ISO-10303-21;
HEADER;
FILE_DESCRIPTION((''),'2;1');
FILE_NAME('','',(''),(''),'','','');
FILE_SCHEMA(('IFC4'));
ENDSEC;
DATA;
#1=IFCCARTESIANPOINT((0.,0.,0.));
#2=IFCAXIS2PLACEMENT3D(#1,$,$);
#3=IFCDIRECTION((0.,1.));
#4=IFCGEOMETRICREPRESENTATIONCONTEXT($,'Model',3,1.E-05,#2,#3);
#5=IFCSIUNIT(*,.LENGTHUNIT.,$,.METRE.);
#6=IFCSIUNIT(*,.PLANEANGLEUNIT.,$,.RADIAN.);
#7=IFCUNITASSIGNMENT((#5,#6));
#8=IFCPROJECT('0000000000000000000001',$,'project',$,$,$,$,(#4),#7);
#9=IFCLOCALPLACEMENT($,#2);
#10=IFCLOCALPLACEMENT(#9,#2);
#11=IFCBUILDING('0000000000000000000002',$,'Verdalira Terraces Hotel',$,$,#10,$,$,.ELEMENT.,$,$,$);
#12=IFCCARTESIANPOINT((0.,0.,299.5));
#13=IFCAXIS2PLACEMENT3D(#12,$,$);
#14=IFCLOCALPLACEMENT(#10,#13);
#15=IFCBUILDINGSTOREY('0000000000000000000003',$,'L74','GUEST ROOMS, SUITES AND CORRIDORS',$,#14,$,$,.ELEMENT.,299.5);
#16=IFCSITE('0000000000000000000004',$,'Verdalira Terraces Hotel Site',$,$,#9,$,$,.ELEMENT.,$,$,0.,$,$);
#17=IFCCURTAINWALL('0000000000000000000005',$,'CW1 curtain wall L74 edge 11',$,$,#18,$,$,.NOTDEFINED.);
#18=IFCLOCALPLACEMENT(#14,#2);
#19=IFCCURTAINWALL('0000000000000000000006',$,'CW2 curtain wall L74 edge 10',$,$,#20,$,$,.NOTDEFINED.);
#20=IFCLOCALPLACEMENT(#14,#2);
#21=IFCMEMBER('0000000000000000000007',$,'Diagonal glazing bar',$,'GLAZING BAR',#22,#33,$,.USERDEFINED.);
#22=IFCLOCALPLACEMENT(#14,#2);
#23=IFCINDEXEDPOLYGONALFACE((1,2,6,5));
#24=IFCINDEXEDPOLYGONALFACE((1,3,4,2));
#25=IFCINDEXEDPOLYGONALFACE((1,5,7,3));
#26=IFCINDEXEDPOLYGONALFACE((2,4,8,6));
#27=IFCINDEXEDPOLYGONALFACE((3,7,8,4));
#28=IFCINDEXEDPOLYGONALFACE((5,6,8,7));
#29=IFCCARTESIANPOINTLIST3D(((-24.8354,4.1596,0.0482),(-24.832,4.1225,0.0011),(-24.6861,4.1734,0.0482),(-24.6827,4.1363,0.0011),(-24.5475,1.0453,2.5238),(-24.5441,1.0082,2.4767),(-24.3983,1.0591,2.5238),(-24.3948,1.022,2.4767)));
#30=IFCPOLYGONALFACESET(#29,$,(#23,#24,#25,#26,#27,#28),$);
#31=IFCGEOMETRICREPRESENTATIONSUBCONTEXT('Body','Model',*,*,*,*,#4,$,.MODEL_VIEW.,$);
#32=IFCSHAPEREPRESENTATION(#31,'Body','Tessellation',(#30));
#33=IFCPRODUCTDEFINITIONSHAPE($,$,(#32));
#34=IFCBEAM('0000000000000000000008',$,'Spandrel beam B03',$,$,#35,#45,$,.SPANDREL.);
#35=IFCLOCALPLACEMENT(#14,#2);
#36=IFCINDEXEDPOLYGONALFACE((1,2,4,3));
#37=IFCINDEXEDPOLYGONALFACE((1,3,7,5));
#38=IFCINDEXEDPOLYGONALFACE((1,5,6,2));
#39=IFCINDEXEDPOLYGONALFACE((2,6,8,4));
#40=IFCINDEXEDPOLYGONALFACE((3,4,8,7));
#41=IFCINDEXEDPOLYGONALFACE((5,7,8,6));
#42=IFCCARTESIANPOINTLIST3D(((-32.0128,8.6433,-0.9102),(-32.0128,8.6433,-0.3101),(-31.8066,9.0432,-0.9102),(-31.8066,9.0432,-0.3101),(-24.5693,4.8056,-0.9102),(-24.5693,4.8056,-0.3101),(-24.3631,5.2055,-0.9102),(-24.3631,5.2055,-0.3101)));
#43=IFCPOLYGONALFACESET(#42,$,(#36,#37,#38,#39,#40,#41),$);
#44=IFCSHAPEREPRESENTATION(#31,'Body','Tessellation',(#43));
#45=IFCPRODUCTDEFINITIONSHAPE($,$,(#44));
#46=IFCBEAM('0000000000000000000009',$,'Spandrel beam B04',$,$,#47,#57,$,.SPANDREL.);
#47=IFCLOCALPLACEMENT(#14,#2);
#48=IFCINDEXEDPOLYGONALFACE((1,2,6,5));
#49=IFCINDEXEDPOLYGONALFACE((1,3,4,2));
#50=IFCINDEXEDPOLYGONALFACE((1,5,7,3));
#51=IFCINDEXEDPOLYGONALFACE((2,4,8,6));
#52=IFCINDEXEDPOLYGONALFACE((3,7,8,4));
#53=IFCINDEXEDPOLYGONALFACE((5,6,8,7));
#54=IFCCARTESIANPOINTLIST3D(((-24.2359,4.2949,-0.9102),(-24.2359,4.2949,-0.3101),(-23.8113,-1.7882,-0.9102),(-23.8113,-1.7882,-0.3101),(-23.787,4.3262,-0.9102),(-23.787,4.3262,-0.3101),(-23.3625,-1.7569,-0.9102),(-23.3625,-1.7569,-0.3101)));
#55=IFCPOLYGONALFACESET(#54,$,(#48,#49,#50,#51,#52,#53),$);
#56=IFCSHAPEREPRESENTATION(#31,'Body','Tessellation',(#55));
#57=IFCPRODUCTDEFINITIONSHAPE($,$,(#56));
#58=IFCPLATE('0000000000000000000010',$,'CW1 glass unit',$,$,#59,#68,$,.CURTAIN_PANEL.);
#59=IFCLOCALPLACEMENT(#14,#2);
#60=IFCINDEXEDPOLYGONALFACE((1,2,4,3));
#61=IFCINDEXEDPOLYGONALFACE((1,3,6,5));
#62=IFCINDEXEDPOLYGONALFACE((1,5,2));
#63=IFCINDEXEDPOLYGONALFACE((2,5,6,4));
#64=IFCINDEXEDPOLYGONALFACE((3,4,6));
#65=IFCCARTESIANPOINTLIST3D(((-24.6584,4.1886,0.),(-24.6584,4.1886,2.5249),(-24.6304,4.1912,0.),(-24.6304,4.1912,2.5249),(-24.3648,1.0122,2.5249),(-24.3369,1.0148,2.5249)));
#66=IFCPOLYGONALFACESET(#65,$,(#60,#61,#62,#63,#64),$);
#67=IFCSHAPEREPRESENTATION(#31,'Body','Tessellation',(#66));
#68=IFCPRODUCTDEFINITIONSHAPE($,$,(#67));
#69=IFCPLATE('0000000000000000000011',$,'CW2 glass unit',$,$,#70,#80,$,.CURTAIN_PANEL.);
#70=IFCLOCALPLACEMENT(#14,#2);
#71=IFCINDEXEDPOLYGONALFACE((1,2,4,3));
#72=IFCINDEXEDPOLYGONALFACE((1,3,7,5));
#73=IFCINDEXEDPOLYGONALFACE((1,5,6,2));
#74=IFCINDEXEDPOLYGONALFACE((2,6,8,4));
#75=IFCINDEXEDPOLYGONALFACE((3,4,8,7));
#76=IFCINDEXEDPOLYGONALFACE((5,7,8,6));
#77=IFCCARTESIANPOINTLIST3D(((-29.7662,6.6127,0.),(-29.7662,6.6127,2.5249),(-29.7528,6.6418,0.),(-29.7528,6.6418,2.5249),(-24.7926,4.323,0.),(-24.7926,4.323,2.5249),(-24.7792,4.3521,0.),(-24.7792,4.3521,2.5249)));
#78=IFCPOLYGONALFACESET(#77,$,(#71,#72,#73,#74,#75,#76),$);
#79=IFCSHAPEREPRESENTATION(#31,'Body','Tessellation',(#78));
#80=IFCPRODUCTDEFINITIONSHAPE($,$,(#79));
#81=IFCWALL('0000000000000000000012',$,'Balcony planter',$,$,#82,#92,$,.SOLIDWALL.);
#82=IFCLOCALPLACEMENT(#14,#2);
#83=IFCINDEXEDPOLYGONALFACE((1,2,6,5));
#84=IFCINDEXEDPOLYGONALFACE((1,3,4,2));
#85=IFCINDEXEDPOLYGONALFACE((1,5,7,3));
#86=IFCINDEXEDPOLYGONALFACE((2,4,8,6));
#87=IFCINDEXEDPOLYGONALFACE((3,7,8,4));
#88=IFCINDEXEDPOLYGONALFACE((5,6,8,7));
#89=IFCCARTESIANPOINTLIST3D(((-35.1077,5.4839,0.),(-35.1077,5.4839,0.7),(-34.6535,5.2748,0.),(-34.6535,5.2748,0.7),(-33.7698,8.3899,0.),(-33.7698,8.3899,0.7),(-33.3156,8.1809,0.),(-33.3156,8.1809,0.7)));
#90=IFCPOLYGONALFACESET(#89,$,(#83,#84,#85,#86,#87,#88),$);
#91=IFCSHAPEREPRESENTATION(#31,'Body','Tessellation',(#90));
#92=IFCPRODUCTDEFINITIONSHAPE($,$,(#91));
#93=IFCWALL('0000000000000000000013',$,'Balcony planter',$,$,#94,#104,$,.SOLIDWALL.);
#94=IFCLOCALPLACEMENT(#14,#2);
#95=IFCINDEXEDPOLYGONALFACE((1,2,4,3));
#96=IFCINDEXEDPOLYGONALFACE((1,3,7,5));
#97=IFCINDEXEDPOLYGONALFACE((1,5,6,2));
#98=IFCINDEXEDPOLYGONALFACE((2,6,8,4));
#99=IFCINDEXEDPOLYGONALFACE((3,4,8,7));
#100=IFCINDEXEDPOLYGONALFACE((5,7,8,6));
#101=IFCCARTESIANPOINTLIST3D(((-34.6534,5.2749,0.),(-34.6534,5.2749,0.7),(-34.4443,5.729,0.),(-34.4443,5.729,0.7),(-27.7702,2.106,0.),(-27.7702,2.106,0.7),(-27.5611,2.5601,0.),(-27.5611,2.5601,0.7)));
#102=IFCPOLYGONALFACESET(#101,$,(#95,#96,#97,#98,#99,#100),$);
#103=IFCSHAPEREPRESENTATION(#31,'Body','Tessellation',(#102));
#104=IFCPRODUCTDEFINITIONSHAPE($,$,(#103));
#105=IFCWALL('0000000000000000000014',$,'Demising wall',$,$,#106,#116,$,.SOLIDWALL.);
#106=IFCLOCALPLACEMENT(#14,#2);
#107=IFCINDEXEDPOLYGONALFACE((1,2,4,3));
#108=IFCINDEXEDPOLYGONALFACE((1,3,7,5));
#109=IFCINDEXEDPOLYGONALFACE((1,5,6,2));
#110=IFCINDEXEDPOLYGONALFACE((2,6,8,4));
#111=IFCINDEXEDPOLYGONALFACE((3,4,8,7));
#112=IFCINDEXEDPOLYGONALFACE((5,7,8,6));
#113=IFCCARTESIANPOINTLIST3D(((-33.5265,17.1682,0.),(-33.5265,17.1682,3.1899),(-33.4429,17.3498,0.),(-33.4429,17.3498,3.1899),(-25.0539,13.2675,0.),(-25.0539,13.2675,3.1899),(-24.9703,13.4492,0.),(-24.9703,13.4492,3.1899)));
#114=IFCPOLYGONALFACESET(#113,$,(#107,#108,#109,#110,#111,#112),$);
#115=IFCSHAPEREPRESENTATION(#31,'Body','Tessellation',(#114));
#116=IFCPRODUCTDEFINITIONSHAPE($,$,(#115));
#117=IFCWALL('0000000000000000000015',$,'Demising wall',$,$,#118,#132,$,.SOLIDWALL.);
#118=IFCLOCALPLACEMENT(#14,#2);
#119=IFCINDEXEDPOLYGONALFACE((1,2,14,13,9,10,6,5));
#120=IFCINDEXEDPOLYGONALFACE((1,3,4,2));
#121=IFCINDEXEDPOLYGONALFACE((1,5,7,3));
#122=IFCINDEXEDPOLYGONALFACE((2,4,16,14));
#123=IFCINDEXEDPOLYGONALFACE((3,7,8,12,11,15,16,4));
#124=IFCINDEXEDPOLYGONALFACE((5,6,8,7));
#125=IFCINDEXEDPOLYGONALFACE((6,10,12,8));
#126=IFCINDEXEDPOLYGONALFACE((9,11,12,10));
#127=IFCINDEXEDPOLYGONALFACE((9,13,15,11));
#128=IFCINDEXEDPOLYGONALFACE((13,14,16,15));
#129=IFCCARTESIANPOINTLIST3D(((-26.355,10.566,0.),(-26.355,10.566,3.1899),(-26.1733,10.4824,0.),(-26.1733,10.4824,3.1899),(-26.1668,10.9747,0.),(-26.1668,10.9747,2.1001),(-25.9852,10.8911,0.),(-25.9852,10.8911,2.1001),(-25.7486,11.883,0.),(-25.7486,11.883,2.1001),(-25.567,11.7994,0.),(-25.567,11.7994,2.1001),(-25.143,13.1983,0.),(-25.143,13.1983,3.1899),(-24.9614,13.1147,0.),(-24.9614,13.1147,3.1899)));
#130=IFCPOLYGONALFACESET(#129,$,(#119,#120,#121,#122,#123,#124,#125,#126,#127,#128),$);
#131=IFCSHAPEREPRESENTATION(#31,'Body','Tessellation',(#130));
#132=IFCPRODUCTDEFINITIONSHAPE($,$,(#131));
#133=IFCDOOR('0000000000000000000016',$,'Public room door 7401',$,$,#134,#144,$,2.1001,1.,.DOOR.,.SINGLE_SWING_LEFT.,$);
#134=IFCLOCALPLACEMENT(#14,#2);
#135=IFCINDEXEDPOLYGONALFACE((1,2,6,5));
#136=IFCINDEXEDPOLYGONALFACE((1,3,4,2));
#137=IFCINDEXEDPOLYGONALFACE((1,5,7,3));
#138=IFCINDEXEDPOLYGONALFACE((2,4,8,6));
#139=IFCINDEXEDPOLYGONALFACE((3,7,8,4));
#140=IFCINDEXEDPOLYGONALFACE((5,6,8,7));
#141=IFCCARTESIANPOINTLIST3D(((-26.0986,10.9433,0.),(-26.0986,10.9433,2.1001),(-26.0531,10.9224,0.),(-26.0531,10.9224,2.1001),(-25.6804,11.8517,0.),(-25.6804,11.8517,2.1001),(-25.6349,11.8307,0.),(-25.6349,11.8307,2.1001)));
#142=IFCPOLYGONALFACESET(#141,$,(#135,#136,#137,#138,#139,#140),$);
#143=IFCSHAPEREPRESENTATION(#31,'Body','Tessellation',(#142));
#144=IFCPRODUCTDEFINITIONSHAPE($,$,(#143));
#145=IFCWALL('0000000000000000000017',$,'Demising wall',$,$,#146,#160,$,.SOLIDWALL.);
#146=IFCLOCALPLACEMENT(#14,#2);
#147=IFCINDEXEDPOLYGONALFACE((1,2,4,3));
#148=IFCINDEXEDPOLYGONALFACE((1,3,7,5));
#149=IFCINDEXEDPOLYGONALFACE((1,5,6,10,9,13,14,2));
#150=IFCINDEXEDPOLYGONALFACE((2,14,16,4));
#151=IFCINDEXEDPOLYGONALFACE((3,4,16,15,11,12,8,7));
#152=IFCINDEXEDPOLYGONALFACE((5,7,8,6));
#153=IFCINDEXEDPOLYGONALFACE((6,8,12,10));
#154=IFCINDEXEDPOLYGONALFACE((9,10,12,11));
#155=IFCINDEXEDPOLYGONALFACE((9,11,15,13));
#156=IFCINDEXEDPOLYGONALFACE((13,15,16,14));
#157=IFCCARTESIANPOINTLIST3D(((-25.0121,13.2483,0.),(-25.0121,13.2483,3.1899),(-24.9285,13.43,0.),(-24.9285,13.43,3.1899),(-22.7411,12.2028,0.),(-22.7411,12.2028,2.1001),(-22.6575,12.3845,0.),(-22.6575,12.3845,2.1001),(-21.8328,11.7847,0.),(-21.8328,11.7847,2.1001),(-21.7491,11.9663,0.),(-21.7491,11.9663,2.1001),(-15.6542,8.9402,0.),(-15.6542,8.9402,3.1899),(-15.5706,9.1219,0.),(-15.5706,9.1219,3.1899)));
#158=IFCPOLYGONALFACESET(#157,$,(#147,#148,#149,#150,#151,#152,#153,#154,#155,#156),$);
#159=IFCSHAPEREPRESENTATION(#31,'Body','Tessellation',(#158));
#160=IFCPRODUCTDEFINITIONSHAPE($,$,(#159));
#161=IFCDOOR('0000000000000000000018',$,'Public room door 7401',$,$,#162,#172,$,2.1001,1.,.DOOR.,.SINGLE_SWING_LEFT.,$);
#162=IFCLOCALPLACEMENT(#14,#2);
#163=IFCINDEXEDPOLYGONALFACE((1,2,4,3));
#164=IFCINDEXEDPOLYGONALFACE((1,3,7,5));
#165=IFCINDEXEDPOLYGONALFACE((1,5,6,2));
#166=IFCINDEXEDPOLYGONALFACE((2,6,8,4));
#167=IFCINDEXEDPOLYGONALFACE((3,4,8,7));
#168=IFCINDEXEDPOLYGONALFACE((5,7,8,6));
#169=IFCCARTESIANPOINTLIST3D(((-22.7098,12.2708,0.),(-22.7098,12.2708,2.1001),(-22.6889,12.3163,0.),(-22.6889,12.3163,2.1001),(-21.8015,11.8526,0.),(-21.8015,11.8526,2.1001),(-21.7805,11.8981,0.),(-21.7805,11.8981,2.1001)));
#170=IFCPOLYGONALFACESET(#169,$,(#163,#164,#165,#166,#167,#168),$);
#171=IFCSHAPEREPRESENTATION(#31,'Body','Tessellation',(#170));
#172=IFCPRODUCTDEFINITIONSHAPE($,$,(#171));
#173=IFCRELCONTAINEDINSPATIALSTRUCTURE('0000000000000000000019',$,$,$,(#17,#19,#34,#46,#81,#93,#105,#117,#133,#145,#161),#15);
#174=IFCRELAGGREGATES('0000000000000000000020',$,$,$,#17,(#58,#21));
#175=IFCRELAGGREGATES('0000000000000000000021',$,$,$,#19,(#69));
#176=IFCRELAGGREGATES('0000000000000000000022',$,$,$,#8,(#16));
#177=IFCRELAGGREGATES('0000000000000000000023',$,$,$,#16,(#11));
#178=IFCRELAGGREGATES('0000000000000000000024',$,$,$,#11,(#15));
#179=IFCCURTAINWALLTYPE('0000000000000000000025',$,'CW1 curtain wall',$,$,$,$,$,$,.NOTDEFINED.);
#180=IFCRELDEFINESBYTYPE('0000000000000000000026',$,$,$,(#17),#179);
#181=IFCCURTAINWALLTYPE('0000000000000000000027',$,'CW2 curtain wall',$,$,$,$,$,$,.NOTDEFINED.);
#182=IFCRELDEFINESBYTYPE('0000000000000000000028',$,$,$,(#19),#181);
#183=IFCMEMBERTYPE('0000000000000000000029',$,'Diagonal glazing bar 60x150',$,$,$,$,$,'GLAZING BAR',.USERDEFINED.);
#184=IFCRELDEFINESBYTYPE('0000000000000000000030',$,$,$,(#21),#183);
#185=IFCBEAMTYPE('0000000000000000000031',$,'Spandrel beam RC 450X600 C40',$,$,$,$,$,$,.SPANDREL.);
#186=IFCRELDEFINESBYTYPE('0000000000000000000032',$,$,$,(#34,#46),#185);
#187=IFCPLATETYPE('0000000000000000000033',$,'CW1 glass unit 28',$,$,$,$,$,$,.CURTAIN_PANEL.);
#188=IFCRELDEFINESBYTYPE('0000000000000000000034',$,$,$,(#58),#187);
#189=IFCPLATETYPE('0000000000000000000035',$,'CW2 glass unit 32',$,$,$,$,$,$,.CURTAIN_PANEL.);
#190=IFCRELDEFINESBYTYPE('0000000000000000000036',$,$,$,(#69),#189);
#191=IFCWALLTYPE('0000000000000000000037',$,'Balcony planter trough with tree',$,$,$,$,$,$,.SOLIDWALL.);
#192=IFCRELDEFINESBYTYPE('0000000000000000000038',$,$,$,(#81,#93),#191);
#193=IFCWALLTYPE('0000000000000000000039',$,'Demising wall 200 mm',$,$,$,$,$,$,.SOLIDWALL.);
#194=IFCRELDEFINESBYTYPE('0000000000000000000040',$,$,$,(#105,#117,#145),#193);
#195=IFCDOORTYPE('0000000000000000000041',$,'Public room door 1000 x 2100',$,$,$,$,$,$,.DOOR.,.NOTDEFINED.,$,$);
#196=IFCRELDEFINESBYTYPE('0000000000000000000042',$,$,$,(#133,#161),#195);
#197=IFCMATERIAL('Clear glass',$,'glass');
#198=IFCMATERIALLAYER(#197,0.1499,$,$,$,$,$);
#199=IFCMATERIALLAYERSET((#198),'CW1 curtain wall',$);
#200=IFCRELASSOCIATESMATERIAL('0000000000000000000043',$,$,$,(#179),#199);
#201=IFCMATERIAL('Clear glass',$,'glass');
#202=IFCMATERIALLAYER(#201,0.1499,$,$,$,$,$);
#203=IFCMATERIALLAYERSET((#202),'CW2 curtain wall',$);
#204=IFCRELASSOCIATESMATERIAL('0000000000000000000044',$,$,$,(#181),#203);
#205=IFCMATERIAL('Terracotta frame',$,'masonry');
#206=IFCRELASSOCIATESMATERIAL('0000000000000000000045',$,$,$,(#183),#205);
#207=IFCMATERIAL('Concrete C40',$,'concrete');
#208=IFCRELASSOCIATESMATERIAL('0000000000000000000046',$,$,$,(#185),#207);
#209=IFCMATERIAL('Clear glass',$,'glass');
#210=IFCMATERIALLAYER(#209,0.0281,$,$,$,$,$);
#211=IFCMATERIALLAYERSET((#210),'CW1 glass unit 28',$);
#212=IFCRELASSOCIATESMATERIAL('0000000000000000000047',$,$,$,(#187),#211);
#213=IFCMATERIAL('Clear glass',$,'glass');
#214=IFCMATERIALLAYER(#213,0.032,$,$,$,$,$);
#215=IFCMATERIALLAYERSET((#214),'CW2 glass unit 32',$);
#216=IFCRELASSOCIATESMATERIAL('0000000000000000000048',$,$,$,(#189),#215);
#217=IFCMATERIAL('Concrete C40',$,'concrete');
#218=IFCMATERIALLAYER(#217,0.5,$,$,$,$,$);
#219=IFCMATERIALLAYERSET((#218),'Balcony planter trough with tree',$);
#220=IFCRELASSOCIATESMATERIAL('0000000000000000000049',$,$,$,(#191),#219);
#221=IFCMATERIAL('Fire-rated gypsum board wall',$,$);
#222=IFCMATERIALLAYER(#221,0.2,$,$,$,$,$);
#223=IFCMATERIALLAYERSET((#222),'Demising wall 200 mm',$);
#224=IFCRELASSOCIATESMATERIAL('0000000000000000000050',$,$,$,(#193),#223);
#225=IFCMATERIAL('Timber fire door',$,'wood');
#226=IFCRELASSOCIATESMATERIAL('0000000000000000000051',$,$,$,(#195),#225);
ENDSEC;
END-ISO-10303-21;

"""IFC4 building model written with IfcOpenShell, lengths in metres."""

from ifc_helpers import new_model, si_unit, direction, frame, frame_2d, origin, origin_2d, place, context, subcontext, project, spatial, polyline, rectangle, outline, extrude, material, layer, layer_set, material_profile, profile_set, type_object, element, fill, aggregate, save


model = new_model("IFC4")

# Units and contexts
model_context = context("Model", 3, precision=1e-05, world=origin(), true_north=direction((0.0, 1.0)))
body_context = subcontext(model_context, "Body", "Model", "MODEL_VIEW")
ifc_project = project(units=[si_unit("LENGTHUNIT", "METRE"), si_unit("PLANEANGLEUNIT", "RADIAN")], contexts=[model_context])

# Site, building, storey
site_placement = place(None, origin())
site = spatial("IfcSite", under=ifc_project, at=site_placement, Name="Verdalira Terraces Hotel Site", CompositionType="ELEMENT", RefElevation=0.0)
building_placement = place(site_placement, origin())
building = spatial("IfcBuilding", under=site, at=building_placement, Name="Verdalira Terraces Hotel", CompositionType="ELEMENT")
storey_placement = place(building_placement, frame((0.0, 0.0, 299.5)))
storey = spatial("IfcBuildingStorey", under=building, at=storey_placement, Name="L74", Description="GUEST ROOMS, SUITES AND CORRIDORS", CompositionType="ELEMENT", Elevation=299.5)

# Curtain walls
ifc_material_1 = material(Name="Clear glass", Category="glass")
ifc_layer_1 = layer(ifc_material_1, 0.1499)
ifc_layer_set_1 = layer_set([ifc_layer_1], Name="CW1 curtain wall")
curtain_wall_type_1 = type_object("IfcCurtainWallType", Name="CW1 curtain wall", PredefinedType="NOTDEFINED", material=ifc_layer_set_1)
curtain_wall_1_placement = place(storey_placement, origin())
curtain_wall_1 = element("IfcCurtainWall", 1, at=curtain_wall_1_placement, inside=storey, type_object=curtain_wall_type_1, Name="CW1 curtain wall L74 edge 11", PredefinedType="NOTDEFINED")
ifc_material_2 = material(Name="Clear glass", Category="glass")
ifc_layer_2 = layer(ifc_material_2, 0.1499)
ifc_layer_set_2 = layer_set([ifc_layer_2], Name="CW2 curtain wall")
curtain_wall_type_2 = type_object("IfcCurtainWallType", Name="CW2 curtain wall", PredefinedType="NOTDEFINED", material=ifc_layer_set_2)
curtain_wall_2_placement = place(storey_placement, origin())
curtain_wall_2 = element("IfcCurtainWall", 2, at=curtain_wall_2_placement, inside=storey, type_object=curtain_wall_type_2, Name="CW2 curtain wall L74 edge 10", PredefinedType="NOTDEFINED")

# Member
ifc_material_3 = material(Name="Terracotta frame", Category="masonry")
ifc_material_profile_1 = material_profile(ifc_material_3, rectangle(XDim=0.1499, YDim=0.0601, at=origin_2d()), Name="GB 60x150")
ifc_profile_set_1 = profile_set([ifc_material_profile_1], Name="Terracotta frame")
member_type_1 = type_object("IfcMemberType", Name="Diagonal glazing bar 60x150", ElementType="GLAZING BAR", PredefinedType="USERDEFINED", material=ifc_profile_set_1)
member_1_placement = place(storey_placement, frame((-24.759, 4.1479, 0.0247), z_axis=(0.072164, -0.780764, 0.620645), x_axis=(0.995756, 0.092035, 0.0)))
member_1 = element("IfcMember", 3, at=member_1_placement, type_object=member_type_1, Name="Diagonal glazing bar", ObjectType="GLAZING BAR", PredefinedType="USERDEFINED", context=body_context, shape_type="SweptSolid", body=[
    extrude(rectangle(XDim=0.1499, YDim=0.0601, at=origin_2d()), origin(), (0.0, 0.0, 1.0), 3.9888),
])

# Beams
ifc_material_4 = material(Name="Concrete C40", Category="concrete")
ifc_material_profile_2 = material_profile(ifc_material_4, rectangle(XDim=0.45, YDim=0.6001, at=origin_2d()), Name="RC 450X600")
ifc_profile_set_2 = profile_set([ifc_material_profile_2], Name="Concrete C40")
beam_type_1 = type_object("IfcBeamType", Name="Spandrel beam RC 450X600 C40", PredefinedType="SPANDREL", material=ifc_profile_set_2)
beam_1_placement = place(storey_placement, frame((-31.9097, 8.8433, -0.6101), z_axis=(0.888819, -0.458257, 0.0), x_axis=(0.458257, 0.888819, 0.0)))
element("IfcBeam", 4, at=beam_1_placement, inside=storey, type_object=beam_type_1, Name="Spandrel beam B03", PredefinedType="SPANDREL", context=body_context, shape_type="SweptSolid", body=[
    extrude(rectangle(XDim=0.45, YDim=0.6001, at=origin_2d()), origin(), (0.0, 0.0, 1.0), 8.3745),
])
beam_2_placement = place(storey_placement, frame((-24.0115, 4.3105, -0.6101), z_axis=(0.069625, -0.997573, 0.0), x_axis=(0.997573, 0.069625, 0.0)))
element("IfcBeam", 5, at=beam_2_placement, inside=storey, type_object=beam_type_1, Name="Spandrel beam B04", PredefinedType="SPANDREL", context=body_context, shape_type="SweptSolid", body=[
    extrude(rectangle(XDim=0.45, YDim=0.6001, at=origin_2d()), origin(), (0.0, 0.0, 1.0), 6.0979),
])

# Plates
ifc_material_5 = material(Name="Clear glass", Category="glass")
ifc_layer_3 = layer(ifc_material_5, 0.0281)
ifc_layer_set_3 = layer_set([ifc_layer_3], Name="CW1 glass unit 28")
plate_type_1 = type_object("IfcPlateType", Name="CW1 glass unit 28", PredefinedType="CURTAIN_PANEL", material=ifc_layer_set_3)
plate_1_placement = place(storey_placement, frame((-24.4836, 2.603, 1.2625), z_axis=(-0.995757, -0.092023, 0.0), x_axis=(0.092023, -0.995757, 0.0)))
plate_1 = element("IfcPlate", 6, at=plate_1_placement, type_object=plate_type_1, Name="CW1 glass unit", PredefinedType="CURTAIN_PANEL", context=body_context, shape_type="SweptSolid", body=[
    extrude(outline(polyline([(-1.595, -1.2625), (1.595, 1.2625), (-1.595, 1.2625), (-1.595, -1.2625)])), origin(), (0.0, 0.0, 1.0), 0.0281),
])
aggregate(curtain_wall_1, [plate_1, member_1])
ifc_material_6 = material(Name="Clear glass", Category="glass")
ifc_layer_4 = layer(ifc_material_6, 0.032)
ifc_layer_set_4 = layer_set([ifc_layer_4], Name="CW2 glass unit 32")
plate_type_2 = type_object("IfcPlateType", Name="CW2 glass unit 32", PredefinedType="CURTAIN_PANEL", material=ifc_layer_set_4)
plate_2_placement = place(storey_placement, frame((-27.2727, 5.4824, 0.0), z_axis=(0.0, 0.0, 1.0), x_axis=(0.908362, -0.418184, 0.0)))
plate_2 = element("IfcPlate", 7, at=plate_2_placement, type_object=plate_type_2, Name="CW2 glass unit", PredefinedType="CURTAIN_PANEL", context=body_context, shape_type="SweptSolid", body=[
    extrude(rectangle(XDim=5.4753, YDim=0.032, at=origin_2d()), origin(), (0.0, 0.0, 1.0), 2.5249),
])
aggregate(curtain_wall_2, [plate_2])

# Walls
ifc_material_7 = material(Name="Concrete C40", Category="concrete")
ifc_layer_5 = layer(ifc_material_7, 0.5)
ifc_layer_set_5 = layer_set([ifc_layer_5], Name="Balcony planter trough with tree")
wall_type_1 = type_object("IfcWallType", Name="Balcony planter trough with tree", PredefinedType="SOLIDWALL", material=ifc_layer_set_5)
wall_1_placement = place(storey_placement, frame((-33.5427, 8.2854, 0.0), z_axis=(0.0, 0.0, 1.0), x_axis=(-0.418197, -0.908357, 0.0)))
element("IfcWall", 8, at=wall_1_placement, inside=storey, type_object=wall_type_1, Name="Balcony planter", PredefinedType="SOLIDWALL", context=body_context, shape_type="SweptSolid", body=[
    extrude(rectangle(XDim=3.1992, YDim=0.5, at=frame_2d((1.5996, 0.0))), origin(), (0.0, 0.0, 1.0), 0.7),
])
wall_2_placement = place(storey_placement, frame((-34.5488, 5.502, 0.0), z_axis=(0.0, 0.0, 1.0), x_axis=(0.908359, -0.418192, 0.0)))
element("IfcWall", 9, at=wall_2_placement, inside=storey, type_object=wall_type_1, Name="Balcony planter", PredefinedType="SOLIDWALL", context=body_context, shape_type="SweptSolid", body=[
    extrude(rectangle(XDim=7.5776, YDim=0.5, at=frame_2d((3.7888, 0.0))), origin(), (0.0, 0.0, 1.0), 0.7),
])
ifc_material_8 = material(Name="Fire-rated gypsum board wall")
ifc_layer_6 = layer(ifc_material_8, 0.2)
ifc_layer_set_6 = layer_set([ifc_layer_6], Name="Demising wall 200 mm")
wall_type_2 = type_object("IfcWallType", Name="Demising wall 200 mm", PredefinedType="SOLIDWALL", material=ifc_layer_set_6)
wall_3_placement = place(storey_placement, frame((-25.0122, 13.3584, 0.0), z_axis=(0.0, 0.0, 1.0), x_axis=(-0.90836, 0.41819, 0.0)))
element("IfcWall", 10, at=wall_3_placement, inside=storey, type_object=wall_type_2, Name="Demising wall", PredefinedType="SOLIDWALL", context=body_context, shape_type="SweptSolid", body=[
    extrude(rectangle(XDim=9.3274, YDim=0.2, at=frame_2d((4.6636, 0.0))), origin(), (0.0, 0.0, 1.0), 3.1899),
])

# Walls, openings, doors
wall_4_placement = place(storey_placement, frame((-26.2642, 10.5242, 0.0), z_axis=(0.0, 0.0, 1.0), x_axis=(0.418203, 0.908354, 0.0)))
wall_4 = element("IfcWall", 11, at=wall_4_placement, inside=storey, type_object=wall_type_2, Name="Demising wall", PredefinedType="SOLIDWALL", context=body_context, shape_type="SweptSolid", body=[
    extrude(rectangle(XDim=2.8979, YDim=0.2, at=frame_2d((1.449, 0.0))), origin(), (0.0, 0.0, 1.0), 3.1899),
])
opening_1_placement = place(wall_4_placement, frame((0.45, 0.0, 0.0)))
opening_1 = element("IfcOpeningElement", 12, at=opening_1_placement, cuts=wall_4, PredefinedType="OPENING", context=body_context, shape_type="SweptSolid", body=[
    extrude(rectangle(XDim=1.0, YDim=2.1001, at=frame_2d((0.5, 1.05))), frame((0.0, 0.1099, 0.0), z_axis=(0.0, -1.0, 0.0), x_axis=(1.0, 0.0, 0.0)), (0.0, 0.0, 1.0), 0.22),
])
ifc_material_9 = material(Name="Timber fire door", Category="wood")
door_type_1 = type_object("IfcDoorType", Name="Public room door 1000 x 2100", OperationType="NOTDEFINED", PredefinedType="DOOR", material=ifc_material_9)
door_1_placement = place(opening_1_placement, origin())
door_1 = element("IfcDoor", 13, at=door_1_placement, inside=storey, type_object=door_type_1, Name="Public room door 7401", OperationType="SINGLE_SWING_LEFT", OverallHeight=2.1001, OverallWidth=1.0, PredefinedType="DOOR", context=body_context, shape_type="SweptSolid", body=[
    extrude(rectangle(XDim=1.0, YDim=2.1001, at=frame_2d((0.5, 1.05))), frame((0.0, 0.0249, 0.0), z_axis=(0.0, -1.0, 0.0), x_axis=(1.0, 0.0, 0.0)), (0.0, 0.0, 1.0), 0.05),
])
fill(opening_1, door_1)
wall_5_placement = place(storey_placement, frame((-24.9702, 13.3391, 0.0), z_axis=(0.0, 0.0, 1.0), x_axis=(0.908363, -0.418183, 0.0)))
wall_5 = element("IfcWall", 14, at=wall_5_placement, inside=storey, type_object=wall_type_2, Name="Demising wall", PredefinedType="SOLIDWALL", context=body_context, shape_type="SweptSolid", body=[
    extrude(rectangle(XDim=10.302, YDim=0.2, at=frame_2d((5.1509, 0.0))), origin(), (0.0, 0.0, 1.0), 3.1899),
])
opening_2_placement = place(wall_5_placement, frame((2.5, 0.0, 0.0)))
opening_2 = element("IfcOpeningElement", 15, at=opening_2_placement, cuts=wall_5, PredefinedType="OPENING", context=body_context, shape_type="SweptSolid", body=[
    extrude(rectangle(XDim=1.0, YDim=2.1001, at=frame_2d((0.5, 1.05))), frame((0.0, 0.1099, 0.0), z_axis=(0.0, -1.0, 0.0), x_axis=(1.0, 0.0, 0.0)), (0.0, 0.0, 1.0), 0.22),
])
door_2_placement = place(opening_2_placement, origin())
door_2 = element("IfcDoor", 16, at=door_2_placement, inside=storey, type_object=door_type_1, Name="Public room door 7401", OperationType="SINGLE_SWING_LEFT", OverallHeight=2.1001, OverallWidth=1.0, PredefinedType="DOOR", context=body_context, shape_type="SweptSolid", body=[
    extrude(rectangle(XDim=1.0, YDim=2.1001, at=frame_2d((0.5, 1.05))), frame((0.0, 0.0249, 0.0), z_axis=(0.0, -1.0, 0.0), x_axis=(1.0, 0.0, 0.0)), (0.0, 0.0, 1.0), 0.05),
])
fill(opening_2, door_2)

save(model, "model.ifc")
